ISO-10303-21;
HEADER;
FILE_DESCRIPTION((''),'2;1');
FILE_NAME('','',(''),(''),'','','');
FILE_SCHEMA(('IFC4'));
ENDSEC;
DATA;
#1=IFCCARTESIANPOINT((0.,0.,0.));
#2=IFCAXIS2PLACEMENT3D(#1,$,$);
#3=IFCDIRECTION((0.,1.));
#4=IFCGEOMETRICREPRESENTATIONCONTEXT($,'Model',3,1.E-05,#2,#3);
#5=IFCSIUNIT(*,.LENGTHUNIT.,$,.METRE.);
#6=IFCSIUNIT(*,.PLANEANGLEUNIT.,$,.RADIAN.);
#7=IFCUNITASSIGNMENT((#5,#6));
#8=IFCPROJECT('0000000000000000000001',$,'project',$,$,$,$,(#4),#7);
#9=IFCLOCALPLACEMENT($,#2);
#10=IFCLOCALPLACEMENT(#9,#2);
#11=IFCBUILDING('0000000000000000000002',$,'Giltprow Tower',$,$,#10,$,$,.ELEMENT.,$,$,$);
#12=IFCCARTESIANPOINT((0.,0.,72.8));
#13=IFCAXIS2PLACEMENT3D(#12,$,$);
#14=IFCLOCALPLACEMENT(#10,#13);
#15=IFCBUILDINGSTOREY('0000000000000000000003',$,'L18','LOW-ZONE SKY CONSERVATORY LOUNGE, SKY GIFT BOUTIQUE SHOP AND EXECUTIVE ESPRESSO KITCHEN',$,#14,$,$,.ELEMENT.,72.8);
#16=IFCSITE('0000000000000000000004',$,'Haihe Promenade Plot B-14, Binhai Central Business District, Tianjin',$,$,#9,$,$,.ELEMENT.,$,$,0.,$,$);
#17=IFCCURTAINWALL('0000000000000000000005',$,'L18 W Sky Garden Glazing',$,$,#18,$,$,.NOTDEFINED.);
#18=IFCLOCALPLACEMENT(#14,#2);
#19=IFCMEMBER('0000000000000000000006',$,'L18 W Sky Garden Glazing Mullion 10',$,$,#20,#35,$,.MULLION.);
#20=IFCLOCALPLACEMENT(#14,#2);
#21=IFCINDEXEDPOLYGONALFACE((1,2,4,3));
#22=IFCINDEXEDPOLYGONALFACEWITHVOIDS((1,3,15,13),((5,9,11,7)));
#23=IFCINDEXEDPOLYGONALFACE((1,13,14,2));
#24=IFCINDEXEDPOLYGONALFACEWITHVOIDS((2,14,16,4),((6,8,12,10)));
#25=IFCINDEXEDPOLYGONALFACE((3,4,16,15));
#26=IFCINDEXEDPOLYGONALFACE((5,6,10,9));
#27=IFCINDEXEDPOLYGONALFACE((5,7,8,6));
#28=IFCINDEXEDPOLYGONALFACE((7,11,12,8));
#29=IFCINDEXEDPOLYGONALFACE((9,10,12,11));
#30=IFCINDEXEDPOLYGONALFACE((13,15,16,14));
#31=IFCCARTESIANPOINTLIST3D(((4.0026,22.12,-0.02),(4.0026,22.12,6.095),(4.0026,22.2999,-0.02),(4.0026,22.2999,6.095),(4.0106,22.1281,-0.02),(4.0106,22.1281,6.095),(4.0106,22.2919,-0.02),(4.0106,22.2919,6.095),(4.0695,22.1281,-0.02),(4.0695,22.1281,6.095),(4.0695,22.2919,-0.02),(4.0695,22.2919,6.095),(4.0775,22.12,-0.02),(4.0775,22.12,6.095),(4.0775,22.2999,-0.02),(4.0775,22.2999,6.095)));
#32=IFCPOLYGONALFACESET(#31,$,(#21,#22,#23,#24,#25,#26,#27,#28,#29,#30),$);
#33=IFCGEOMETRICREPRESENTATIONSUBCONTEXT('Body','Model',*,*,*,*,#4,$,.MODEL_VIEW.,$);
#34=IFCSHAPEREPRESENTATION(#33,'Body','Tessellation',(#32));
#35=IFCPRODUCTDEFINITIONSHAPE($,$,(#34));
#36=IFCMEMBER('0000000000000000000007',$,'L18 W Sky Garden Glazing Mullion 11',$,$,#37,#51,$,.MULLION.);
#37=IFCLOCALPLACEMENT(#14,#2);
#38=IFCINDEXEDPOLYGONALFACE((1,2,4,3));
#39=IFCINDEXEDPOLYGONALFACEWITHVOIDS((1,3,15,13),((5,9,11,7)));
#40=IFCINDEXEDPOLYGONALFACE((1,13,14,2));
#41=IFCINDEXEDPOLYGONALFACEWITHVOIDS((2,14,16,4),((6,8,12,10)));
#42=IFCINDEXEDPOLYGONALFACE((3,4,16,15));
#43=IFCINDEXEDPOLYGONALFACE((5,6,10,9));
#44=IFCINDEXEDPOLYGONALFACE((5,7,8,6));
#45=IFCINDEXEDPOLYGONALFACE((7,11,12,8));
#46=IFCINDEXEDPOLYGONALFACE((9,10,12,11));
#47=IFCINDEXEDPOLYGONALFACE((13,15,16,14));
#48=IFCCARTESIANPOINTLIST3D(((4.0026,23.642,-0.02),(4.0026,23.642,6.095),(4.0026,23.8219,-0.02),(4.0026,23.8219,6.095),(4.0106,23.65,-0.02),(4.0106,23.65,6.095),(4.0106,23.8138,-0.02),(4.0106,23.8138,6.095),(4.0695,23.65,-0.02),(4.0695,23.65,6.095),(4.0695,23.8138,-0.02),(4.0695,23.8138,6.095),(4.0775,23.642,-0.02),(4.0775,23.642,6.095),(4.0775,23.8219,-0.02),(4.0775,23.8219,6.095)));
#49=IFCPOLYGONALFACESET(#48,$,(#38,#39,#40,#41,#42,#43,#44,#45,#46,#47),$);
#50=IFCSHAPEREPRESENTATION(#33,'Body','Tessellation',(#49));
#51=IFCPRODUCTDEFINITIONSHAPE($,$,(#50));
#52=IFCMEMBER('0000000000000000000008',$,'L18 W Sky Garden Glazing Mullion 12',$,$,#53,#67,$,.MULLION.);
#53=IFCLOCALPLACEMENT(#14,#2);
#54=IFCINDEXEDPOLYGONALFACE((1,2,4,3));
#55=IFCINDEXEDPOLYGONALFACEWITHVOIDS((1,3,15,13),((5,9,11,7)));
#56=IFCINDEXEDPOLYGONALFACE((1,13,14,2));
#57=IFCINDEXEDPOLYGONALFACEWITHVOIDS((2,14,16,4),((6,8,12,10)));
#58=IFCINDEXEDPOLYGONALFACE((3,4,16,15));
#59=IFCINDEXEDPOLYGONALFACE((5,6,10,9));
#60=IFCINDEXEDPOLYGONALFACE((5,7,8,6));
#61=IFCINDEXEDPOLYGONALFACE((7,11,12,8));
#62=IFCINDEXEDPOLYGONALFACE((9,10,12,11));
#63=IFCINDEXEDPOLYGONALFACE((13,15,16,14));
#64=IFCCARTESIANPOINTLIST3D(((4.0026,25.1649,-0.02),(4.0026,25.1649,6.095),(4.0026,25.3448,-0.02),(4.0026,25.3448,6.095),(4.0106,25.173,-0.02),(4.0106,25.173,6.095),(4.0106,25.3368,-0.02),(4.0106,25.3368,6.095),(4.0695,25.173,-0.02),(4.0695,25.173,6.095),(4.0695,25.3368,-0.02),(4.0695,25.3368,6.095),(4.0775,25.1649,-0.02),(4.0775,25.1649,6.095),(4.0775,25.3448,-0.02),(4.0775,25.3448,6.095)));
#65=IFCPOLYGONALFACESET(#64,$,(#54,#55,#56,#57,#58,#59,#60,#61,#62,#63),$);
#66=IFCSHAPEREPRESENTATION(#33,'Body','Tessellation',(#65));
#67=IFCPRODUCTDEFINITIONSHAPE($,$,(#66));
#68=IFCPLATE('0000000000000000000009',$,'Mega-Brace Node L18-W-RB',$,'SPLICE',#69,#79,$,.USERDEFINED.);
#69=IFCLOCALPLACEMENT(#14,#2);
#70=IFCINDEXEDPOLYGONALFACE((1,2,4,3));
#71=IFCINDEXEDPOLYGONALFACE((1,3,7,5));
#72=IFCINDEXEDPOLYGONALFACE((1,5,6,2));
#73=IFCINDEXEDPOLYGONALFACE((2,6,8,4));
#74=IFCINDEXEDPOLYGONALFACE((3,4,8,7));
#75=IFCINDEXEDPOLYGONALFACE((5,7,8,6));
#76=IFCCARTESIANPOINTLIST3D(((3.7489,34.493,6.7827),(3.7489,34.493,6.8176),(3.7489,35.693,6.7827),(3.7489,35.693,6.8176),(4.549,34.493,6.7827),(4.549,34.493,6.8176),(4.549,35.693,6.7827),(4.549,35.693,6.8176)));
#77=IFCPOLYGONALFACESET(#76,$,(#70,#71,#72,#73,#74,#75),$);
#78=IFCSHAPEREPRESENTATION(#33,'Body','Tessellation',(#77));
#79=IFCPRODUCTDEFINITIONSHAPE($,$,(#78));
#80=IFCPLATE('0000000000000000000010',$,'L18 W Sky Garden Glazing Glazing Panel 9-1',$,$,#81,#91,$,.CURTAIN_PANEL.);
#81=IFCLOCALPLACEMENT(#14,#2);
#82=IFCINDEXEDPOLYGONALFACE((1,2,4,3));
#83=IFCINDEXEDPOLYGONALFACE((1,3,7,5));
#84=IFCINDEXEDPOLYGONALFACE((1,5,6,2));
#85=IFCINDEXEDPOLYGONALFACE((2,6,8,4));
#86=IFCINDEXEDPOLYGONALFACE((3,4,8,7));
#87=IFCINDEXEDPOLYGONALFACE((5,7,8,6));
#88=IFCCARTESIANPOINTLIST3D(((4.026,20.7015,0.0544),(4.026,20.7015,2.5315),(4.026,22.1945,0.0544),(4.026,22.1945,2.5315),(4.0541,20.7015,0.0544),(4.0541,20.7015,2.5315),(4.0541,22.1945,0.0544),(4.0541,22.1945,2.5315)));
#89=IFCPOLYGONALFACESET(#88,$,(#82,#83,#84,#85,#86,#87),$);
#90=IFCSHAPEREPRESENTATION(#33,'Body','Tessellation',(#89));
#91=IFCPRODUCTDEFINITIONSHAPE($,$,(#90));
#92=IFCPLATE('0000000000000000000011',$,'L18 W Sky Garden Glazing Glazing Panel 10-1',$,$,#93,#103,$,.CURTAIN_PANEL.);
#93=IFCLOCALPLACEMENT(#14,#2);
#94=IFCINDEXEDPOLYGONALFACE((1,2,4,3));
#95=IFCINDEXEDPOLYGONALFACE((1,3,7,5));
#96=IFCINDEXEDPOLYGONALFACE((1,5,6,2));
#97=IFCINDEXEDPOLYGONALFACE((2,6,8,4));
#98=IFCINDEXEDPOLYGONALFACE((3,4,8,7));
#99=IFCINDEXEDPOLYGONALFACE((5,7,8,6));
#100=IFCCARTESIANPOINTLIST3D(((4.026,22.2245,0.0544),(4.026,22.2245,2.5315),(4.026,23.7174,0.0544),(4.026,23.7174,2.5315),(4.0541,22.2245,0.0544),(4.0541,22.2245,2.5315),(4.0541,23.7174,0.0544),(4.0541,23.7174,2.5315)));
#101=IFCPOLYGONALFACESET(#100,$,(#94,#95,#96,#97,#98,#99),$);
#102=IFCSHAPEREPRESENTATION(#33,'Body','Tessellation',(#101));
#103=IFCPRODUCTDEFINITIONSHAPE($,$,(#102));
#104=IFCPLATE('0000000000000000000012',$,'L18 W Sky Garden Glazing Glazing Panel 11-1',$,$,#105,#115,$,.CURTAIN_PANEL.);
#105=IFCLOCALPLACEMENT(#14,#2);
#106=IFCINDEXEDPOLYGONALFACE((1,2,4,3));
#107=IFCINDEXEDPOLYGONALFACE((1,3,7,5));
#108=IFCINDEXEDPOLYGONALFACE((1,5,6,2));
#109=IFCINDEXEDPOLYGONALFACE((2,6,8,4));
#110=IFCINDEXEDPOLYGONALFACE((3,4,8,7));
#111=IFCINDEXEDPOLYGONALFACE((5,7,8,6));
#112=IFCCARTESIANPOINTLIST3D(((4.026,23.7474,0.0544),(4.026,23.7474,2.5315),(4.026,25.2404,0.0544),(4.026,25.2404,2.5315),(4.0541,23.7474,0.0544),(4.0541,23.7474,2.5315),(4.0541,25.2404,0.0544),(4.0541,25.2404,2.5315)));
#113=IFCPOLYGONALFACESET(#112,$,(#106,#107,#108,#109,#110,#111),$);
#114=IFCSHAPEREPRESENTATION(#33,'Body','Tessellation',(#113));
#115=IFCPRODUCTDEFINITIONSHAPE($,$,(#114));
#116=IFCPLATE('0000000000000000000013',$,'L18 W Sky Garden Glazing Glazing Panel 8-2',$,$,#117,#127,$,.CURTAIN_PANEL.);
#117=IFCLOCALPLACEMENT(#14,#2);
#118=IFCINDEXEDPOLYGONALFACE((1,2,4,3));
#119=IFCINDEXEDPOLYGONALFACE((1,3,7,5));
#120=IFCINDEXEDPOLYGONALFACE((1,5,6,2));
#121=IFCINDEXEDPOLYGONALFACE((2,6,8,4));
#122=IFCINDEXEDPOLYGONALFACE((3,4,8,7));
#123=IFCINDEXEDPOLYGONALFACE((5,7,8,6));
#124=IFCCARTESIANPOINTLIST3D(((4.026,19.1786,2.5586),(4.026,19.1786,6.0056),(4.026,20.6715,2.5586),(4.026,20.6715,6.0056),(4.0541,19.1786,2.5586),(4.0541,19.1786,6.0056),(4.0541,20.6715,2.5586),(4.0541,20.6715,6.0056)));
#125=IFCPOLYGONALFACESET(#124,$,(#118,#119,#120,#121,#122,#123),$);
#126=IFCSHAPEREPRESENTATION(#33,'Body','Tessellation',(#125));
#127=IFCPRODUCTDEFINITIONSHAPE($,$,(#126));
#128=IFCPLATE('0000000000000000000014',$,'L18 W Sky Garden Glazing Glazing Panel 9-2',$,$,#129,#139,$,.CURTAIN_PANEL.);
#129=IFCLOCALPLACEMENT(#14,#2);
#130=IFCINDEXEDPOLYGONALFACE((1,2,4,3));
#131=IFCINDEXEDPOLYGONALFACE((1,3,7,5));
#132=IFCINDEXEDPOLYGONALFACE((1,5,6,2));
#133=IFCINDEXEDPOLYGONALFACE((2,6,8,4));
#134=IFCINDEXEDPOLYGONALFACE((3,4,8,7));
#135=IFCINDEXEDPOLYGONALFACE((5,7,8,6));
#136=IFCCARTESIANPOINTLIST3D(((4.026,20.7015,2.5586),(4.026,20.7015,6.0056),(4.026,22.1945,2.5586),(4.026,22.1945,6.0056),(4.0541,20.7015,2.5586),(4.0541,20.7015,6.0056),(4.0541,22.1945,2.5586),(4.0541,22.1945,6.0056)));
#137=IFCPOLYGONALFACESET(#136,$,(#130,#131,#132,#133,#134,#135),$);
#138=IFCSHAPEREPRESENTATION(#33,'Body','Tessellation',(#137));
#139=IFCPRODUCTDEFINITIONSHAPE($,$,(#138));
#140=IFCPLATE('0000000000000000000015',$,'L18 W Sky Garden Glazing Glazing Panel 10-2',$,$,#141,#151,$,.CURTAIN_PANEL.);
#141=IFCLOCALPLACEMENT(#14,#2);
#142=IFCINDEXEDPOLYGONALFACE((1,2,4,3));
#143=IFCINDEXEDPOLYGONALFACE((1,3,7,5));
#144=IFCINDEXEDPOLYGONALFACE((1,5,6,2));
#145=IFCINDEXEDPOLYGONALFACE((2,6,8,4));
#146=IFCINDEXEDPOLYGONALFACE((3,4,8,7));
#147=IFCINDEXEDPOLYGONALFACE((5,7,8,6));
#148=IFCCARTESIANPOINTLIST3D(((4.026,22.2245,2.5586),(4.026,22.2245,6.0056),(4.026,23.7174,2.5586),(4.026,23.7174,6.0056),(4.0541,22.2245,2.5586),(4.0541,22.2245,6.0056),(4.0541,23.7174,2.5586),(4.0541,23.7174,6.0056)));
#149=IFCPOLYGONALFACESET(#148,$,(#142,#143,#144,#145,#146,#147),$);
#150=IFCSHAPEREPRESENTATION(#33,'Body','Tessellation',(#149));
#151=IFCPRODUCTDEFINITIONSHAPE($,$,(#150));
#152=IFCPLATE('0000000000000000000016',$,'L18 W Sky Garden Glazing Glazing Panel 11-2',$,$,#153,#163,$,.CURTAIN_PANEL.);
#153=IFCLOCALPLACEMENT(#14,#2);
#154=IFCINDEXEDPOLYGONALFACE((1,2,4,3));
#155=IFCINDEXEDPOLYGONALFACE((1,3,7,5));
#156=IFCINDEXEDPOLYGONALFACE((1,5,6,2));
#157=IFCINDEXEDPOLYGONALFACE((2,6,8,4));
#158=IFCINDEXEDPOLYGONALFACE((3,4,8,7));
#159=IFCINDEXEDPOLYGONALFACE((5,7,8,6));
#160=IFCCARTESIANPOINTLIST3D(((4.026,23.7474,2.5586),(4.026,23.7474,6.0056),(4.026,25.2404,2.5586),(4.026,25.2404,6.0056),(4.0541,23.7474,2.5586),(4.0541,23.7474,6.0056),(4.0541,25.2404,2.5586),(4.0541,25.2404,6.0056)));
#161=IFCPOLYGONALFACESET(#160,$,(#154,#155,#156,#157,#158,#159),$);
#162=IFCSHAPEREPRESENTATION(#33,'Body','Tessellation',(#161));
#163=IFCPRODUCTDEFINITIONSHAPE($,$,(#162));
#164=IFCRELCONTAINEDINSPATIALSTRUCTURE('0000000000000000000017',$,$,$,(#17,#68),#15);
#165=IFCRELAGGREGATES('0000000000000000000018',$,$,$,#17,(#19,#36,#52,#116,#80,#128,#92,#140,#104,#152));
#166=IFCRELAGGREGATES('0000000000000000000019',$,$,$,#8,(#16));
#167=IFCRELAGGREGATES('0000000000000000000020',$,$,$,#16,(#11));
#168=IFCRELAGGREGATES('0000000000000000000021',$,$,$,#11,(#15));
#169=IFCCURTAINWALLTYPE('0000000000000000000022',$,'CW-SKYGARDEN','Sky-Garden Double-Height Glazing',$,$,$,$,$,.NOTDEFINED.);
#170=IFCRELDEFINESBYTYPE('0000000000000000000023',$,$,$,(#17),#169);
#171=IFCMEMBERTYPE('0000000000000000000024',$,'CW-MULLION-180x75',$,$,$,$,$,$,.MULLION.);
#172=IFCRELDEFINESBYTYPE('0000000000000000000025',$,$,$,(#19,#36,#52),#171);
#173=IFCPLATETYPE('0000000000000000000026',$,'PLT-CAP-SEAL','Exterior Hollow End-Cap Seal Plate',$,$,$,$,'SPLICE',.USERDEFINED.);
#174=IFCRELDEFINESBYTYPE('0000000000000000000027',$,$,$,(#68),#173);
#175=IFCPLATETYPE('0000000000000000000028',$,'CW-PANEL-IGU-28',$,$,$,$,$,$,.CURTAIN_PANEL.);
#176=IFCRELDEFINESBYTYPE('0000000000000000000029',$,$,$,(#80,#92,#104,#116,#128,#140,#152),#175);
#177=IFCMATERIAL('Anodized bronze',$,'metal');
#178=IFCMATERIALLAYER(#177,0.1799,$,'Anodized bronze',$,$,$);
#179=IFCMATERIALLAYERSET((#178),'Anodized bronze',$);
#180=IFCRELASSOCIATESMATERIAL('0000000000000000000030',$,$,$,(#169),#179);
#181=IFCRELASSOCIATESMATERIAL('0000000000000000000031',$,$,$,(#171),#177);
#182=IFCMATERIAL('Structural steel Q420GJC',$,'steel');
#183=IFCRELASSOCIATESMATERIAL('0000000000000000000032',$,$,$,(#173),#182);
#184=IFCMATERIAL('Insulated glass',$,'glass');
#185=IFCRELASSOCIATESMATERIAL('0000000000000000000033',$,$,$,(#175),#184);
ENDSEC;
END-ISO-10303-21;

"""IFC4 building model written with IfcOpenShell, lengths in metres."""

from ifc_helpers import new_model, si_unit, direction, frame, origin, origin_2d, place, context, subcontext, project, spatial, rectangle, hollow_rectangle, extrude, source, transform, mapped, material, layer, layer_set, material_profile, profile_set, type_object, element, aggregate, save


model = new_model("IFC4")

# Units and contexts
model_context = context("Model", 3, precision=1e-05, world=origin(), true_north=direction((0.0, 1.0)))
body_context = subcontext(model_context, "Body", "Model", "MODEL_VIEW")
ifc_project = project(units=[si_unit("LENGTHUNIT", "METRE"), si_unit("PLANEANGLEUNIT", "RADIAN")], contexts=[model_context])

# Site, building, storey
site_placement = place(None, origin())
site = spatial("IfcSite", under=ifc_project, at=site_placement, Name="Haihe Promenade Plot B-14, Binhai Central Business District, Tianjin", CompositionType="ELEMENT", RefElevation=0.0)
building_placement = place(site_placement, origin())
building = spatial("IfcBuilding", under=site, at=building_placement, Name="Giltprow Tower", CompositionType="ELEMENT")
storey_placement = place(building_placement, frame((0.0, 0.0, 72.8)))
storey = spatial("IfcBuildingStorey", under=building, at=storey_placement, Name="L18", Description="LOW-ZONE SKY CONSERVATORY LOUNGE, SKY GIFT BOUTIQUE SHOP AND EXECUTIVE ESPRESSO KITCHEN", CompositionType="ELEMENT", Elevation=72.8)

# Shared definitions
ifc_material_1 = material(Name="Structural steel Q420GJC", Category="steel")

# Curtain wall, members
ifc_material_2 = material(Name="Anodized bronze", Category="metal")
ifc_layer_1 = layer(ifc_material_2, 0.1799, Name="Anodized bronze")
ifc_layer_set_1 = layer_set([ifc_layer_1], Name="Anodized bronze")
curtain_wall_type = type_object("IfcCurtainWallType", Name="CW-SKYGARDEN", Description="Sky-Garden Double-Height Glazing", PredefinedType="NOTDEFINED", material=ifc_layer_set_1)
curtain_wall_placement = place(storey_placement, origin())
curtain_wall = element("IfcCurtainWall", 1, at=curtain_wall_placement, inside=storey, type_object=curtain_wall_type, Name="L18 W Sky Garden Glazing", PredefinedType="NOTDEFINED")
ifc_material_profile_1 = material_profile(ifc_material_2, hollow_rectangle(XDim=0.075, YDim=0.1799, WallThickness=0.0081, at=origin_2d()), Name="RHS 180x75x8")
ifc_profile_set_1 = profile_set([ifc_material_profile_1], Name="Anodized bronze")
member_type = type_object("IfcMemberType", Name="CW-MULLION-180x75", PredefinedType="MULLION", material=ifc_profile_set_1)
shared_shape_1 = source(origin(), body_context, "Body", "SweptSolid", [
    extrude(hollow_rectangle(XDim=0.075, YDim=0.1799, WallThickness=0.0081, at=origin_2d()), origin(), (0.0, 0.0, 1.0), 6.115),
])
member_1_placement = place(storey_placement, frame((4.04, 22.21, -0.02), z_axis=(0.0, 0.0, 1.0), x_axis=(1.0, 0.0, 0.0)))
member_1 = element("IfcMember", 2, at=member_1_placement, type_object=member_type, Name="L18 W Sky Garden Glazing Mullion 10", PredefinedType="MULLION", context=body_context, shape_type="MappedRepresentation", body=[
    mapped(shared_shape_1, transform((0.0, 0.0, 0.0), x_axis=(1.0, 0.0, 0.0), y_axis=(0.0, 1.0, 0.0), z_axis=(0.0, 0.0, 1.0), scale=1.0)),
])
member_2_placement = place(storey_placement, frame((4.04, 23.7319, -0.02), z_axis=(0.0, 0.0, 1.0), x_axis=(1.0, 0.0, 0.0)))
member_2 = element("IfcMember", 3, at=member_2_placement, type_object=member_type, Name="L18 W Sky Garden Glazing Mullion 11", PredefinedType="MULLION", context=body_context, shape_type="MappedRepresentation", body=[
    mapped(shared_shape_1, transform((0.0, 0.0, 0.0), x_axis=(1.0, 0.0, 0.0), y_axis=(0.0, 1.0, 0.0), z_axis=(0.0, 0.0, 1.0), scale=1.0)),
])
member_3_placement = place(storey_placement, frame((4.04, 25.2549, -0.02), z_axis=(0.0, 0.0, 1.0), x_axis=(1.0, 0.0, 0.0)))
member_3 = element("IfcMember", 4, at=member_3_placement, type_object=member_type, Name="L18 W Sky Garden Glazing Mullion 12", PredefinedType="MULLION", context=body_context, shape_type="MappedRepresentation", body=[
    mapped(shared_shape_1, transform((0.0, 0.0, 0.0), x_axis=(1.0, 0.0, 0.0), y_axis=(0.0, 1.0, 0.0), z_axis=(0.0, 0.0, 1.0), scale=1.0)),
])

# Plates
plate_type_1 = type_object("IfcPlateType", Name="PLT-CAP-SEAL", Description="Exterior Hollow End-Cap Seal Plate", ElementType="SPLICE", PredefinedType="USERDEFINED", material=ifc_material_1)
shared_shape_2 = source(origin(), body_context, "Body", "SweptSolid", [
    extrude(rectangle(XDim=1.2, YDim=0.8, at=origin_2d()), origin(), (0.0, 0.0, 1.0), 0.0349),
])
plate_1_placement = place(storey_placement, frame((4.1489, 35.093, 6.7827), z_axis=(0.0, 0.0, 1.0), x_axis=(0.0, 1.0, 0.0)))
element("IfcPlate", 5, at=plate_1_placement, inside=storey, type_object=plate_type_1, Name="Mega-Brace Node L18-W-RB", ObjectType="SPLICE", PredefinedType="USERDEFINED", context=body_context, shape_type="MappedRepresentation", body=[
    mapped(shared_shape_2, transform((0.0, 0.0, 0.0), x_axis=(1.0, 0.0, 0.0), y_axis=(0.0, 1.0, 0.0), z_axis=(0.0, 0.0, 1.0), scale=1.0)),
])
ifc_material_3 = material(Name="Insulated glass", Category="glass")
plate_type_2 = type_object("IfcPlateType", Name="CW-PANEL-IGU-28", PredefinedType="CURTAIN_PANEL", material=ifc_material_3)
shared_shape_3 = source(origin(), body_context, "Body", "SweptSolid", [
    extrude(rectangle(XDim=1.4929, YDim=0.0281, at=origin_2d()), origin(), (0.0, 0.0, 1.0), 2.4771),
])
plate_2_placement = place(storey_placement, frame((4.04, 21.448, 0.0544), z_axis=(0.0, 0.0, 1.0), x_axis=(0.0, 1.0, 0.0)))
plate_2 = element("IfcPlate", 6, at=plate_2_placement, type_object=plate_type_2, Name="L18 W Sky Garden Glazing Glazing Panel 9-1", PredefinedType="CURTAIN_PANEL", context=body_context, shape_type="MappedRepresentation", body=[
    mapped(shared_shape_3, transform((0.0, 0.0, 0.0), x_axis=(1.0, 0.0, 0.0), y_axis=(0.0, 1.0, 0.0), z_axis=(0.0, 0.0, 1.0), scale=1.0)),
])
plate_3_placement = place(storey_placement, frame((4.04, 22.9709, 0.0544), z_axis=(0.0, 0.0, 1.0), x_axis=(0.0, 1.0, 0.0)))
plate_3 = element("IfcPlate", 7, at=plate_3_placement, type_object=plate_type_2, Name="L18 W Sky Garden Glazing Glazing Panel 10-1", PredefinedType="CURTAIN_PANEL", context=body_context, shape_type="MappedRepresentation", body=[
    mapped(shared_shape_3, transform((0.0, 0.0, 0.0), x_axis=(1.0, 0.0, 0.0), y_axis=(0.0, 1.0, 0.0), z_axis=(0.0, 0.0, 1.0), scale=1.0)),
])
plate_4_placement = place(storey_placement, frame((4.04, 24.4939, 0.0544), z_axis=(0.0, 0.0, 1.0), x_axis=(0.0, 1.0, 0.0)))
plate_4 = element("IfcPlate", 8, at=plate_4_placement, type_object=plate_type_2, Name="L18 W Sky Garden Glazing Glazing Panel 11-1", PredefinedType="CURTAIN_PANEL", context=body_context, shape_type="MappedRepresentation", body=[
    mapped(shared_shape_3, transform((0.0, 0.0, 0.0), x_axis=(1.0, 0.0, 0.0), y_axis=(0.0, 1.0, 0.0), z_axis=(0.0, 0.0, 1.0), scale=1.0)),
])
shared_shape_4 = source(origin(), body_context, "Body", "SweptSolid", [
    extrude(rectangle(XDim=1.4929, YDim=0.0281, at=origin_2d()), origin(), (0.0, 0.0, 1.0), 3.447),
])
plate_5_placement = place(storey_placement, frame((4.04, 19.925, 2.5586), z_axis=(0.0, 0.0, 1.0), x_axis=(0.0, 1.0, 0.0)))
plate_5 = element("IfcPlate", 9, at=plate_5_placement, type_object=plate_type_2, Name="L18 W Sky Garden Glazing Glazing Panel 8-2", PredefinedType="CURTAIN_PANEL", context=body_context, shape_type="MappedRepresentation", body=[
    mapped(shared_shape_4, transform((0.0, 0.0, 0.0), x_axis=(1.0, 0.0, 0.0), y_axis=(0.0, 1.0, 0.0), z_axis=(0.0, 0.0, 1.0), scale=1.0)),
])
plate_6_placement = place(storey_placement, frame((4.04, 21.448, 2.5586), z_axis=(0.0, 0.0, 1.0), x_axis=(0.0, 1.0, 0.0)))
plate_6 = element("IfcPlate", 10, at=plate_6_placement, type_object=plate_type_2, Name="L18 W Sky Garden Glazing Glazing Panel 9-2", PredefinedType="CURTAIN_PANEL", context=body_context, shape_type="MappedRepresentation", body=[
    mapped(shared_shape_4, transform((0.0, 0.0, 0.0), x_axis=(1.0, 0.0, 0.0), y_axis=(0.0, 1.0, 0.0), z_axis=(0.0, 0.0, 1.0), scale=1.0)),
])
plate_7_placement = place(storey_placement, frame((4.04, 22.9709, 2.5586), z_axis=(0.0, 0.0, 1.0), x_axis=(0.0, 1.0, 0.0)))
plate_7 = element("IfcPlate", 11, at=plate_7_placement, type_object=plate_type_2, Name="L18 W Sky Garden Glazing Glazing Panel 10-2", PredefinedType="CURTAIN_PANEL", context=body_context, shape_type="MappedRepresentation", body=[
    mapped(shared_shape_4, transform((0.0, 0.0, 0.0), x_axis=(1.0, 0.0, 0.0), y_axis=(0.0, 1.0, 0.0), z_axis=(0.0, 0.0, 1.0), scale=1.0)),
])
plate_8_placement = place(storey_placement, frame((4.04, 24.4939, 2.5586), z_axis=(0.0, 0.0, 1.0), x_axis=(0.0, 1.0, 0.0)))
plate_8 = element("IfcPlate", 12, at=plate_8_placement, type_object=plate_type_2, Name="L18 W Sky Garden Glazing Glazing Panel 11-2", PredefinedType="CURTAIN_PANEL", context=body_context, shape_type="MappedRepresentation", body=[
    mapped(shared_shape_4, transform((0.0, 0.0, 0.0), x_axis=(1.0, 0.0, 0.0), y_axis=(0.0, 1.0, 0.0), z_axis=(0.0, 0.0, 1.0), scale=1.0)),
])
aggregate(curtain_wall, [member_1, member_2, member_3, plate_5, plate_2, plate_6, plate_3, plate_7, plate_4, plate_8])

save(model, "model.ifc")
